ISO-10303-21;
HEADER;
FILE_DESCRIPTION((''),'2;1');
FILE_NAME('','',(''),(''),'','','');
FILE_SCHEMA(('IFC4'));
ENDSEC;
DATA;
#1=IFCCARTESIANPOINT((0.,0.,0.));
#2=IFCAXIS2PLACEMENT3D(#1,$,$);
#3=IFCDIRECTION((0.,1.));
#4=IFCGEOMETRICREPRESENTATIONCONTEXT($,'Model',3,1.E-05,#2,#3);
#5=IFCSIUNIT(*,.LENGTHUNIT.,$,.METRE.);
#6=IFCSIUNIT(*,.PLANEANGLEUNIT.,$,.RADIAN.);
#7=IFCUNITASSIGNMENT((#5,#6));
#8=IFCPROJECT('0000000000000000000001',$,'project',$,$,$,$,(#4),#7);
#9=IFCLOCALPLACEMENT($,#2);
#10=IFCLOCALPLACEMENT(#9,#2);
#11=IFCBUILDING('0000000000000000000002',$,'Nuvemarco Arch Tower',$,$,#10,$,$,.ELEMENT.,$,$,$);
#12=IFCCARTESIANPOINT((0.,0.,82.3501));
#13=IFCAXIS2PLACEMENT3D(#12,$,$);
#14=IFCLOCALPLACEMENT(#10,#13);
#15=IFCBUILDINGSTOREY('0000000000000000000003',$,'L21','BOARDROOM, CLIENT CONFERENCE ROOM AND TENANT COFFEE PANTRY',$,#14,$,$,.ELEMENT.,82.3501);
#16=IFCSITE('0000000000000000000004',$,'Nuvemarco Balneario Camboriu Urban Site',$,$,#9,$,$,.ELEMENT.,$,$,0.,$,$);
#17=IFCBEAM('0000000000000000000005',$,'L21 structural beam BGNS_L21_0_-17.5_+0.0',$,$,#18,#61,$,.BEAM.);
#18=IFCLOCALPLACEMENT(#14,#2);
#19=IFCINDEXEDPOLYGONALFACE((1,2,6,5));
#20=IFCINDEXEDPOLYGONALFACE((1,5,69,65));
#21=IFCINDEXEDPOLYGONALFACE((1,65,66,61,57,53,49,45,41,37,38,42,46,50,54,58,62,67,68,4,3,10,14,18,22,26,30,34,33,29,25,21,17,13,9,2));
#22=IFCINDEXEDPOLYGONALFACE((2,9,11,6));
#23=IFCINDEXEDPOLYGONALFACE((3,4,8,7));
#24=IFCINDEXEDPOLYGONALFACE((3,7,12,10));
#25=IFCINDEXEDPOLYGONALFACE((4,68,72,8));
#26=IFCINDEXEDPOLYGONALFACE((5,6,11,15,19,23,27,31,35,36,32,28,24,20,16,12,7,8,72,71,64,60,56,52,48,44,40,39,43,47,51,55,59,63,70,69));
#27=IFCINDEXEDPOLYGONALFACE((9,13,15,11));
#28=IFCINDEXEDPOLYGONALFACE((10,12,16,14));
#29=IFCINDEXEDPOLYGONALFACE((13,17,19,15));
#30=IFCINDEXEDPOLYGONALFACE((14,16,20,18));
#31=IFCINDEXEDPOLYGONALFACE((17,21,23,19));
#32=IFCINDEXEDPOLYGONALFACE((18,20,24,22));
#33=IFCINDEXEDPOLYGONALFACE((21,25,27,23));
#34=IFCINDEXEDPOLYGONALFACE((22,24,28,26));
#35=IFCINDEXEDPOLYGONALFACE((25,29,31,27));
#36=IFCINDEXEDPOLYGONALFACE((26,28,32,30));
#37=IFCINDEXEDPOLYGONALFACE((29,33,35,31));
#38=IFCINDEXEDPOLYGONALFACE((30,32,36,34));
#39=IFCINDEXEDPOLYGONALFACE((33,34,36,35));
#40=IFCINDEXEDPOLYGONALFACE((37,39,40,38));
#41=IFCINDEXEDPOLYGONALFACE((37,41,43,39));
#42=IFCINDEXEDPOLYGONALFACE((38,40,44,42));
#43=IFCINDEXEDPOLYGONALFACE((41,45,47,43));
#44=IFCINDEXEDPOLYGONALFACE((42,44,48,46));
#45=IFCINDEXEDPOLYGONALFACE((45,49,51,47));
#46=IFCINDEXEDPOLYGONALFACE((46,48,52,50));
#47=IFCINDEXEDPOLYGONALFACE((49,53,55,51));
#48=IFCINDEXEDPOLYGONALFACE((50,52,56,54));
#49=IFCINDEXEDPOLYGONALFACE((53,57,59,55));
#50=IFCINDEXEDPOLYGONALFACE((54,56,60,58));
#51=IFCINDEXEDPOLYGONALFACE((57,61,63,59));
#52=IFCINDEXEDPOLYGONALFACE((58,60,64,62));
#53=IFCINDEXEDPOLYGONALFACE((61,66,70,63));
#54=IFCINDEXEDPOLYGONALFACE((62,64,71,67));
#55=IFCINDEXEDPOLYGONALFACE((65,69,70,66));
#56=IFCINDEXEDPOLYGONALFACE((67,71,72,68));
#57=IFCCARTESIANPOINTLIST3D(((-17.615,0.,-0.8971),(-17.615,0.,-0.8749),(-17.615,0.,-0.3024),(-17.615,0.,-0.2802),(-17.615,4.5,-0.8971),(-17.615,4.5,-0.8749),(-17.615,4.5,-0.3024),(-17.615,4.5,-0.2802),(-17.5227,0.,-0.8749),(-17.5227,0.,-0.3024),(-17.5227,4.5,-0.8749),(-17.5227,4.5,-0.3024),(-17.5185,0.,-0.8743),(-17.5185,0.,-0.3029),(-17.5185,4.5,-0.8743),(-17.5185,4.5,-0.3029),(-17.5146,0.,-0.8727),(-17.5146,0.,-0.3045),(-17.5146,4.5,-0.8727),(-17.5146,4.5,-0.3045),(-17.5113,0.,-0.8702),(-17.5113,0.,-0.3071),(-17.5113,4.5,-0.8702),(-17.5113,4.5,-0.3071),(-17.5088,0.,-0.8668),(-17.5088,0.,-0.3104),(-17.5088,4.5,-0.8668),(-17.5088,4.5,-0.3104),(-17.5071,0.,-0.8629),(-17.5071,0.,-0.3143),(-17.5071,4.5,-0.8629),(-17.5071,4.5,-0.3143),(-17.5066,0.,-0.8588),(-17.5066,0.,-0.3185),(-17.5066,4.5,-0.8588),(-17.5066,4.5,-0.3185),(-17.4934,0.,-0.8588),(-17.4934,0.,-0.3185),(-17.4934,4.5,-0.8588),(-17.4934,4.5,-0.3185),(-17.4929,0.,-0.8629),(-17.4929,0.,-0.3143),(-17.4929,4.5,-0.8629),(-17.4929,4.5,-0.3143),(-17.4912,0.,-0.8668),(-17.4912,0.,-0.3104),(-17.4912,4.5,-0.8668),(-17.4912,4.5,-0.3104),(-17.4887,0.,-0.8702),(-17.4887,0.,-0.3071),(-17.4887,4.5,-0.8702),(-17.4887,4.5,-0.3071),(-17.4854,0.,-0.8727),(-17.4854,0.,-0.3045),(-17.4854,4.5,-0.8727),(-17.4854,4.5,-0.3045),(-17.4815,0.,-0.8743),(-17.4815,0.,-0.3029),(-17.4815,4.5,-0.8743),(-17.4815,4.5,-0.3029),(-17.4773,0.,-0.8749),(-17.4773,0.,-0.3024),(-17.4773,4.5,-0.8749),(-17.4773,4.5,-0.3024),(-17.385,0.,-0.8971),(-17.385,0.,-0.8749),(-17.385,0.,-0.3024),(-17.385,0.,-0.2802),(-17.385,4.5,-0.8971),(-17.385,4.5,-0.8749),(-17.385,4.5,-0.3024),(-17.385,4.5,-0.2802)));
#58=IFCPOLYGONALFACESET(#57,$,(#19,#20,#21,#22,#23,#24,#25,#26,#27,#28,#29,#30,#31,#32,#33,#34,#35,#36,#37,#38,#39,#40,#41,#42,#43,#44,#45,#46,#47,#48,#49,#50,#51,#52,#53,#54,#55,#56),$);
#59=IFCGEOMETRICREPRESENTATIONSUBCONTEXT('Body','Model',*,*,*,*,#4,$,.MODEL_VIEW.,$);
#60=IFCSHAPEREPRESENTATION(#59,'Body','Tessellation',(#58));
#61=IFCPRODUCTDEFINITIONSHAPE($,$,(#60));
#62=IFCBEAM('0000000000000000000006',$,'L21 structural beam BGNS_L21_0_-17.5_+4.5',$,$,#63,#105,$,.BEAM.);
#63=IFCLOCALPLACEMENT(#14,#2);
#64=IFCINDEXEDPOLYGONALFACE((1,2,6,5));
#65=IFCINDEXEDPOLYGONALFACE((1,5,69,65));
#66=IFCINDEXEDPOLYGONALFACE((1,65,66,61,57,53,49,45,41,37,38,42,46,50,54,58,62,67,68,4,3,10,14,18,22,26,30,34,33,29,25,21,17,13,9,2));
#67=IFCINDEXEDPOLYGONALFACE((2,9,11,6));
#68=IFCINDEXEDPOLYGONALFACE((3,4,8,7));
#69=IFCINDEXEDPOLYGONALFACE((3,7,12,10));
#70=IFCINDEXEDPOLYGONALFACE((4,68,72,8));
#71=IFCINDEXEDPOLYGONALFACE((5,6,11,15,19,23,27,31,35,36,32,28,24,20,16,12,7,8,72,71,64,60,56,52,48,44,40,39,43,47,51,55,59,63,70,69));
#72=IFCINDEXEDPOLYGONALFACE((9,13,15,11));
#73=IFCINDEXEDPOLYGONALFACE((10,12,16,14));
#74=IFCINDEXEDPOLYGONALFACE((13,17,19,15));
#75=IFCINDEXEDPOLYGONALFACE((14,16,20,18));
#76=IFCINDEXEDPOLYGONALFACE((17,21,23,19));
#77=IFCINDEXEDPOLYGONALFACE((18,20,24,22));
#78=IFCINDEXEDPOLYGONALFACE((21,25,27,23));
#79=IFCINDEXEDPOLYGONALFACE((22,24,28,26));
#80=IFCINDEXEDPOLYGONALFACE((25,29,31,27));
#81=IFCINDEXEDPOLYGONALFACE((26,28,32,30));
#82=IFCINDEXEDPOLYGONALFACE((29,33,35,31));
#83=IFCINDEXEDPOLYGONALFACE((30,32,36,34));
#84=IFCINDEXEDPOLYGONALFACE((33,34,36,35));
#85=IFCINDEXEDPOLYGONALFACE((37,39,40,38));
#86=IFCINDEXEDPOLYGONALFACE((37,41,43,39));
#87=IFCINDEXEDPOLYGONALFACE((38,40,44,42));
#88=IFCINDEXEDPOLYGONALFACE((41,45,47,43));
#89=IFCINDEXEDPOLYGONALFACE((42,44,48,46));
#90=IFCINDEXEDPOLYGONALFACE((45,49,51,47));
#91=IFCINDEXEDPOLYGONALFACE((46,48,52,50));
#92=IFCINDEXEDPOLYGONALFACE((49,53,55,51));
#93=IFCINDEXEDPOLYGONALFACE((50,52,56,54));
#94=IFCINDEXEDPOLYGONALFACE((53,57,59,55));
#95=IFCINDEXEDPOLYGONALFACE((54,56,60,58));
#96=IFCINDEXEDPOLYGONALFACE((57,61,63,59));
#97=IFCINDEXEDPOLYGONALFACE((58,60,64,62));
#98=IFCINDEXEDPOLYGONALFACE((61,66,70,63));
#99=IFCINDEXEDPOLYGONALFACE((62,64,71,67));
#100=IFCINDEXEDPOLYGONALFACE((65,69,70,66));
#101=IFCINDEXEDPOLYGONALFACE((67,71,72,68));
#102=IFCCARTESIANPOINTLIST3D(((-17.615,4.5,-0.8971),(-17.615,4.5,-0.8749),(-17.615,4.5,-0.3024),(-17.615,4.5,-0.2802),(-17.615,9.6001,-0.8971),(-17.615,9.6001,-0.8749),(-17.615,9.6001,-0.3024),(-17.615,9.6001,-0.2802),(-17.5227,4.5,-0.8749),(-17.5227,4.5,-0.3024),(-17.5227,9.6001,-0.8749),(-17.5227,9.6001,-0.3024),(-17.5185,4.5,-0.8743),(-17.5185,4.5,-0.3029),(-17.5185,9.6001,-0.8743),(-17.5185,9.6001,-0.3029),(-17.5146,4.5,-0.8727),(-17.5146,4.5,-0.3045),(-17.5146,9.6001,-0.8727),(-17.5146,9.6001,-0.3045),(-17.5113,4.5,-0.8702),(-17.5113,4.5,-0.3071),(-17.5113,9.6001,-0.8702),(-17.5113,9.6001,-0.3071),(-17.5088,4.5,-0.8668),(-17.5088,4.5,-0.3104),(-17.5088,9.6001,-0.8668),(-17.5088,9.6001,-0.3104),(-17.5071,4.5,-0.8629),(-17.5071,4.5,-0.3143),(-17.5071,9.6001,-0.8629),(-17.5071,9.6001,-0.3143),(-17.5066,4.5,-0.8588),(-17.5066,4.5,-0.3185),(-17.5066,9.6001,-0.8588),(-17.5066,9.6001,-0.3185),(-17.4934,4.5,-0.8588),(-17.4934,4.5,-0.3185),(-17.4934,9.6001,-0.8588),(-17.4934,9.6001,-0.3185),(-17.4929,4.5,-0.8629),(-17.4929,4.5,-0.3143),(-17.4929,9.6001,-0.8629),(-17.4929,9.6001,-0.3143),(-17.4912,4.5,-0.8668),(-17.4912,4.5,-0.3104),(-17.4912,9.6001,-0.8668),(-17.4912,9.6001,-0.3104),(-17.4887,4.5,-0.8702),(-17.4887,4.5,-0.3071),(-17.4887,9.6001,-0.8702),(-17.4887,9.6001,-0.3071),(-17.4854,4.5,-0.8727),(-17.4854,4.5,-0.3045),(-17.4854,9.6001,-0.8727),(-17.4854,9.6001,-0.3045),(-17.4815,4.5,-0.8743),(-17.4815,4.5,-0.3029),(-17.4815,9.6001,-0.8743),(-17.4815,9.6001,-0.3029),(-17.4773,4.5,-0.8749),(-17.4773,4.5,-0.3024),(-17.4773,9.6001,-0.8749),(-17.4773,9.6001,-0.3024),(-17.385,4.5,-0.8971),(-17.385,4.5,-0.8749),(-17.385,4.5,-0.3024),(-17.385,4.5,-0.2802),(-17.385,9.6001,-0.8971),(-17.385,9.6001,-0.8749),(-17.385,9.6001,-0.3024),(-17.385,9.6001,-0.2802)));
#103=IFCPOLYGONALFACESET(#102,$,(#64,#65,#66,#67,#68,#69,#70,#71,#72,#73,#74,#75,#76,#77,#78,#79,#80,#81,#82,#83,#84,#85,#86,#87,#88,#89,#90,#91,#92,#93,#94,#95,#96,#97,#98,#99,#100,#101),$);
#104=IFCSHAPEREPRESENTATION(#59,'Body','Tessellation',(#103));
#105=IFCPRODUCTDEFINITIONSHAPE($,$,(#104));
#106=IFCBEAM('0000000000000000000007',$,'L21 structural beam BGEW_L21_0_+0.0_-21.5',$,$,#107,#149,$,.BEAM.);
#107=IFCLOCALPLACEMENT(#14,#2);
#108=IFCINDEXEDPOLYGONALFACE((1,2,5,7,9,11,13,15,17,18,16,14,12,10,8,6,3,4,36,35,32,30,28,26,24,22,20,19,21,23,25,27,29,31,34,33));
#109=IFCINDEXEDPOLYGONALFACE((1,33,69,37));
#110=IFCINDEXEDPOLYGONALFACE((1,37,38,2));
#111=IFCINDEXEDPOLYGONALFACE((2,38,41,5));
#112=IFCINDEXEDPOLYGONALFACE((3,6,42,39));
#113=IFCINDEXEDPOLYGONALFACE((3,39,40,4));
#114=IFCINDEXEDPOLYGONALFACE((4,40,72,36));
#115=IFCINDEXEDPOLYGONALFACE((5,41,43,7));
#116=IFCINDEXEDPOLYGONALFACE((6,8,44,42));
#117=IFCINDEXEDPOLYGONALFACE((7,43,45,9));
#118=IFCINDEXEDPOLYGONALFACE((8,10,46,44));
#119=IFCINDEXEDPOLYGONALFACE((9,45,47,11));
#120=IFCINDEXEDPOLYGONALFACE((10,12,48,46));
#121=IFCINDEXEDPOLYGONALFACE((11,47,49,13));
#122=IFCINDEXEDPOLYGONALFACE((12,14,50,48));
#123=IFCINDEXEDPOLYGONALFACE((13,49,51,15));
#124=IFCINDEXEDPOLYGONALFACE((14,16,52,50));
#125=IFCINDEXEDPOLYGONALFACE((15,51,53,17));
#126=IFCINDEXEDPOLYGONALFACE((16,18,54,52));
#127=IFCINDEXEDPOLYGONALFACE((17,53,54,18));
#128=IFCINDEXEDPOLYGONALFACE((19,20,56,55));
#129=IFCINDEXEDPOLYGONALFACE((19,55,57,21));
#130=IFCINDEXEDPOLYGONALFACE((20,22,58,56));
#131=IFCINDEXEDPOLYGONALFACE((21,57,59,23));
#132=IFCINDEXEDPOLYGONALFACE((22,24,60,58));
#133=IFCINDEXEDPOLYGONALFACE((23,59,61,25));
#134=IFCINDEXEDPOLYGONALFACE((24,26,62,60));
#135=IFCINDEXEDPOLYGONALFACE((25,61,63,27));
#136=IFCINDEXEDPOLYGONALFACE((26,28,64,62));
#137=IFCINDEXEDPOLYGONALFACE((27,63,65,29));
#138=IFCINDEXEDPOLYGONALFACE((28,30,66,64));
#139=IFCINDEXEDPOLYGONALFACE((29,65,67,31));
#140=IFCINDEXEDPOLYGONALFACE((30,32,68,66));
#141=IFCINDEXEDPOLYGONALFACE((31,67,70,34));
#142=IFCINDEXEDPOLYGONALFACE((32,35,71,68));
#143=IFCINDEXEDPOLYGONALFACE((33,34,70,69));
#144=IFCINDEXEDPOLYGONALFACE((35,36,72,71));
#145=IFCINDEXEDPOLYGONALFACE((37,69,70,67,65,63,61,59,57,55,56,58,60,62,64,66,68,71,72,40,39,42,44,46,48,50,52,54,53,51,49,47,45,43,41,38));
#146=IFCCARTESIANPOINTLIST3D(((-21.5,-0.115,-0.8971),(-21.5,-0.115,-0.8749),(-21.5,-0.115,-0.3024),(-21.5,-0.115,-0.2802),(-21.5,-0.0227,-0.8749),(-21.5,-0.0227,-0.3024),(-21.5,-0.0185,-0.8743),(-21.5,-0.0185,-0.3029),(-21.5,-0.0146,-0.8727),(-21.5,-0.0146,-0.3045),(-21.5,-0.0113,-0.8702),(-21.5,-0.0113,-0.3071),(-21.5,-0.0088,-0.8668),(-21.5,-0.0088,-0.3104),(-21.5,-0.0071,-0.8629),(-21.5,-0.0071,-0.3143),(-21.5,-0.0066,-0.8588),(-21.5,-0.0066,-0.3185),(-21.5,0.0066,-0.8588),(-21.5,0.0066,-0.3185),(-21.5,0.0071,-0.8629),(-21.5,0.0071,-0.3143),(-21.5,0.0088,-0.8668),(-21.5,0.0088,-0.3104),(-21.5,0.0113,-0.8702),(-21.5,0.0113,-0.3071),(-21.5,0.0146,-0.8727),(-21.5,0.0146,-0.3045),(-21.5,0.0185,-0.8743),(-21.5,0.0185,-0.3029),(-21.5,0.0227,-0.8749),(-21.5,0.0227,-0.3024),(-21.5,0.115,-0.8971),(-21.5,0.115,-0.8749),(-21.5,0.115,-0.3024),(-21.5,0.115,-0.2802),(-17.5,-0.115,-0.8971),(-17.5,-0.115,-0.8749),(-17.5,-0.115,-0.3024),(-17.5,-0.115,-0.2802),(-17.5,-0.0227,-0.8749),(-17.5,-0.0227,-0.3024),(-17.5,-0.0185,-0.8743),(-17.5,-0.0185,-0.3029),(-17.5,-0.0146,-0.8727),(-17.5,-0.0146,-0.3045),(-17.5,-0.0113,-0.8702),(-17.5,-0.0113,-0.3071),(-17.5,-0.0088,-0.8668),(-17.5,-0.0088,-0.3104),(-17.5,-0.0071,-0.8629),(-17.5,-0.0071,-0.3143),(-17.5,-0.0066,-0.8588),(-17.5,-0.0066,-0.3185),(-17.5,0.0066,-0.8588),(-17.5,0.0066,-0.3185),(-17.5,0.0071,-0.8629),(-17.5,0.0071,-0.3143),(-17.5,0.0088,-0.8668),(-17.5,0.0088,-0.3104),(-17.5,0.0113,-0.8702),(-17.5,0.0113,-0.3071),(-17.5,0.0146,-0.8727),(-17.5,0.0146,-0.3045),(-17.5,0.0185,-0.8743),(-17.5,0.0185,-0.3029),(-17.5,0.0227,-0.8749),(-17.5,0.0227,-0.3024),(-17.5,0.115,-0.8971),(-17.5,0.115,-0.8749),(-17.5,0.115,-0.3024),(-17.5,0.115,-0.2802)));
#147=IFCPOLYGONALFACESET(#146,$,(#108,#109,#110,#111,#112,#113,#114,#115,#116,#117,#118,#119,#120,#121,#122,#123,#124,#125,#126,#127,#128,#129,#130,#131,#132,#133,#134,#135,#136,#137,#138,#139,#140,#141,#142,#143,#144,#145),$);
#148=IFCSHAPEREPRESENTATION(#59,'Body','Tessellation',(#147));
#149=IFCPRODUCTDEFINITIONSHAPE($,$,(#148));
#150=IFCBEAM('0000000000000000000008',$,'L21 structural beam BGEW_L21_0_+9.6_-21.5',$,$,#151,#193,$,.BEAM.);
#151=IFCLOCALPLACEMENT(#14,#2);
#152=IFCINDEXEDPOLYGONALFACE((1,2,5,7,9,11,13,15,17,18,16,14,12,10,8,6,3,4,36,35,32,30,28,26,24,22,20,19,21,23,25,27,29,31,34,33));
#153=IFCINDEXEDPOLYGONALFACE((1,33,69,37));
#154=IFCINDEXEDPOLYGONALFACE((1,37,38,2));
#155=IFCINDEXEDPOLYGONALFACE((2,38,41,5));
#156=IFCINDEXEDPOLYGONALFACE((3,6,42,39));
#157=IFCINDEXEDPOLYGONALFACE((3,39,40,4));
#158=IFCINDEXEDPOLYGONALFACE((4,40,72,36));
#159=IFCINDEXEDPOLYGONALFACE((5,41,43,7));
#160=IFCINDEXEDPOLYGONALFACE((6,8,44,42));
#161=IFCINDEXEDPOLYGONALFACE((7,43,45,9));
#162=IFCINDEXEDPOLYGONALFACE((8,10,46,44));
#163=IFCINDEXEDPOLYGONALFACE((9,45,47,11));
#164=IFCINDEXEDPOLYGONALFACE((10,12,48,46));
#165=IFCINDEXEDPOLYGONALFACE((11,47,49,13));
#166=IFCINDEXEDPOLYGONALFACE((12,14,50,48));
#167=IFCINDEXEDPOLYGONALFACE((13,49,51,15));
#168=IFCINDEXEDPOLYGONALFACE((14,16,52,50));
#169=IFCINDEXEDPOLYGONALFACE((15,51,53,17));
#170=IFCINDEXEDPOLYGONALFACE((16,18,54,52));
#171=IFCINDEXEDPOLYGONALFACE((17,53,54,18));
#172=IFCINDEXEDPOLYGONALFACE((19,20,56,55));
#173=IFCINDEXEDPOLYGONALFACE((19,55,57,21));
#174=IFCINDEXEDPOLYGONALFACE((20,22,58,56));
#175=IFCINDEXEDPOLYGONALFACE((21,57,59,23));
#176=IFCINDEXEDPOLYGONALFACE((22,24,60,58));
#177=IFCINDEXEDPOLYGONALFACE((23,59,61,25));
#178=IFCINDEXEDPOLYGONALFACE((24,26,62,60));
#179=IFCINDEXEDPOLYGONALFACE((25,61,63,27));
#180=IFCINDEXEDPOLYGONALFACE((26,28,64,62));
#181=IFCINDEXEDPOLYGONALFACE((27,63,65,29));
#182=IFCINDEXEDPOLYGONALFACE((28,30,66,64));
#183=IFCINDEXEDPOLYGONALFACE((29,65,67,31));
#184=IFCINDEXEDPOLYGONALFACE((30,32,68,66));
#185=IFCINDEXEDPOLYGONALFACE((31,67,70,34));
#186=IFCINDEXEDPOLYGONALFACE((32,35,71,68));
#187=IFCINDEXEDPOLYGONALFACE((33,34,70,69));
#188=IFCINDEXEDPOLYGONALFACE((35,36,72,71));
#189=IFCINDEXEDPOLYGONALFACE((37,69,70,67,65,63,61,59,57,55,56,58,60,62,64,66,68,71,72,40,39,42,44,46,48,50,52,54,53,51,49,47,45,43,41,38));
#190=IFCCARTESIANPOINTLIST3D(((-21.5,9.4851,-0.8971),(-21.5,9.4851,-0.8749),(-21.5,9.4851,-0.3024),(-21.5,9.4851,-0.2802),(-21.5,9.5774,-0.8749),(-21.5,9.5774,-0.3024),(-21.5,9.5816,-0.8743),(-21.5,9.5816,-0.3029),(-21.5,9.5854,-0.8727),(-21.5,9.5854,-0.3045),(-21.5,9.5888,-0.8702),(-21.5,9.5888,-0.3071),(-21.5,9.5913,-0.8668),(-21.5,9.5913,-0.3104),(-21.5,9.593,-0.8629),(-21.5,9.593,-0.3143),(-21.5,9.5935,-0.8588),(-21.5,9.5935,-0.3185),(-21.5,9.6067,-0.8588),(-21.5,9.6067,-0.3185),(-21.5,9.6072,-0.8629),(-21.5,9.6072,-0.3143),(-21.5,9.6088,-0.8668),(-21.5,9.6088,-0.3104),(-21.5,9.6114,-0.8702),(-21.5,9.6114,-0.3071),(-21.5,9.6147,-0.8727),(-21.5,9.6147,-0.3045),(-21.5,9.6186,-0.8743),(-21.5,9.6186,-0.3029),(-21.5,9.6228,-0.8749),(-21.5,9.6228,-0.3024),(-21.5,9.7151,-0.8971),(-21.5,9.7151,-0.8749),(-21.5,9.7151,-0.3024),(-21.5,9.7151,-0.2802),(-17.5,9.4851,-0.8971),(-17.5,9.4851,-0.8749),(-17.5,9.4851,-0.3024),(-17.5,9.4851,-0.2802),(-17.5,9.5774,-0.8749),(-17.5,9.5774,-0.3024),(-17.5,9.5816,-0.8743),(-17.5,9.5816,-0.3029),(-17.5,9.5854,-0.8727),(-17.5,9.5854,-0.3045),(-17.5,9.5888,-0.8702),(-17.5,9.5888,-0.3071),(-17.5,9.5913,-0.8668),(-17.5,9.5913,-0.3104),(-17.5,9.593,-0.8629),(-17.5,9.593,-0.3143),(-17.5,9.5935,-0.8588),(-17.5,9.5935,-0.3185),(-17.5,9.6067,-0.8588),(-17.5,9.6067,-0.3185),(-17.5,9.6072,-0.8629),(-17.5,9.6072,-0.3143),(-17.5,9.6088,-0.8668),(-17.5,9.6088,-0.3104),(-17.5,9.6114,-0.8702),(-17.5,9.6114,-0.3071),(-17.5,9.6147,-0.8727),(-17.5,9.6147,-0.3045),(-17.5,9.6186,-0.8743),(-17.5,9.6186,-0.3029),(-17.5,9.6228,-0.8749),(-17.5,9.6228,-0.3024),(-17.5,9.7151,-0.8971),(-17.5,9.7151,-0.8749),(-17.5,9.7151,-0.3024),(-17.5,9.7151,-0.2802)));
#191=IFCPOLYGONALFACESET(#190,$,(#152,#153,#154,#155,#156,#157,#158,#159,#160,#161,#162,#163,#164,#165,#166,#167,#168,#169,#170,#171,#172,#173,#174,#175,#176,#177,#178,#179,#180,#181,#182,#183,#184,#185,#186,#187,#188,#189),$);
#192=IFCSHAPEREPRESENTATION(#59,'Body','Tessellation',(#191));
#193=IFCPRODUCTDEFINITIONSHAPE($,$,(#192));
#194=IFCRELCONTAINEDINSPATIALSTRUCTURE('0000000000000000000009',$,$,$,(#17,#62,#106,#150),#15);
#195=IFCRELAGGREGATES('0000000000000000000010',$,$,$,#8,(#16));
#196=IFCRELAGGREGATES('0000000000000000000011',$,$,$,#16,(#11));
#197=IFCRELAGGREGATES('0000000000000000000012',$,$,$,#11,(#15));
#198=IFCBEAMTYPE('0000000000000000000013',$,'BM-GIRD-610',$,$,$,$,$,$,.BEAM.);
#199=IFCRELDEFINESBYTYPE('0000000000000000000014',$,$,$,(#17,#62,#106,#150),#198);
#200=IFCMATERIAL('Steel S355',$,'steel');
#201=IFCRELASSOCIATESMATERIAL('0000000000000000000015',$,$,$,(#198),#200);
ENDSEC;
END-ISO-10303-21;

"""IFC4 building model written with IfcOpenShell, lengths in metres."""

from ifc_helpers import new_model, si_unit, direction, frame, origin, origin_2d, place, context, subcontext, project, spatial, i_section, extrude, material, material_profile, profile_set, type_object, element, save


model = new_model("IFC4")

# Units and contexts
model_context = context("Model", 3, precision=1e-05, world=origin(), true_north=direction((0.0, 1.0)))
body_context = subcontext(model_context, "Body", "Model", "MODEL_VIEW")
ifc_project = project(units=[si_unit("LENGTHUNIT", "METRE"), si_unit("PLANEANGLEUNIT", "RADIAN")], contexts=[model_context])

# Site, building, storey
site_placement = place(None, origin())
site = spatial("IfcSite", under=ifc_project, at=site_placement, Name="Nuvemarco Balneario Camboriu Urban Site", CompositionType="ELEMENT", RefElevation=0.0)
building_placement = place(site_placement, origin())
building = spatial("IfcBuilding", under=site, at=building_placement, Name="Nuvemarco Arch Tower", CompositionType="ELEMENT")
storey_placement = place(building_placement, frame((0.0, 0.0, 82.3501)))
storey = spatial("IfcBuildingStorey", under=building, at=storey_placement, Name="L21", Description="BOARDROOM, CLIENT CONFERENCE ROOM AND TENANT COFFEE PANTRY", CompositionType="ELEMENT", Elevation=82.3501)

# Beams
ifc_material_1 = material(Name="Steel S355", Category="steel")
ifc_material_profile_1 = material_profile(ifc_material_1, i_section(OverallWidth=0.23, OverallDepth=0.6169, WebThickness=0.0132, FlangeThickness=0.0222, FilletRadius=0.0161, at=origin_2d()), Name="W610x140")
ifc_profile_set_1 = profile_set([ifc_material_profile_1], Name="Steel S355")
beam_type_1 = type_object("IfcBeamType", Name="BM-GIRD-610", PredefinedType="BEAM", material=ifc_profile_set_1)
beam_1_placement = place(storey_placement, frame((-17.5, 0.0, -0.5886), z_axis=(0.0, 1.0, 0.0), x_axis=(-1.0, 0.0, 0.0)))
element("IfcBeam", 1, at=beam_1_placement, inside=storey, type_object=beam_type_1, Name="L21 structural beam BGNS_L21_0_-17.5_+0.0", PredefinedType="BEAM", context=body_context, shape_type="SweptSolid", body=[
    extrude(i_section(OverallWidth=0.23, OverallDepth=0.6169, WebThickness=0.0132, FlangeThickness=0.0222, FilletRadius=0.0161, at=origin_2d()), origin(), (0.0, 0.0, 1.0), 4.5),
])
beam_2_placement = place(storey_placement, frame((-17.5, 4.5, -0.5886), z_axis=(0.0, 1.0, 0.0), x_axis=(-1.0, 0.0, 0.0)))
element("IfcBeam", 2, at=beam_2_placement, inside=storey, type_object=beam_type_1, Name="L21 structural beam BGNS_L21_0_-17.5_+4.5", PredefinedType="BEAM", context=body_context, shape_type="SweptSolid", body=[
    extrude(i_section(OverallWidth=0.23, OverallDepth=0.6169, WebThickness=0.0132, FlangeThickness=0.0222, FilletRadius=0.0161, at=origin_2d()), origin(), (0.0, 0.0, 1.0), 5.1001),
])
for number, where, z_axis, x_axis, name in (
    (3, (-21.5, 0.0, -0.5886), (1.0, 0.0, 0.0), (0.0, 1.0, 0.0), "L21 structural beam BGEW_L21_0_+0.0_-21.5"),
    (4, (-21.5, 9.6001, -0.5886), (1.0, 0.0, 0.0), (0.0, 1.0, 0.0), "L21 structural beam BGEW_L21_0_+9.6_-21.5"),
):
    element("IfcBeam", number, at=place(storey_placement, frame(where, z_axis=z_axis, x_axis=x_axis)), inside=storey, type_object=beam_type_1, Name=name, PredefinedType="BEAM", context=body_context, shape_type="SweptSolid", body=[
        extrude(i_section(OverallWidth=0.23, OverallDepth=0.6169, WebThickness=0.0132, FlangeThickness=0.0222, FilletRadius=0.0161, at=origin_2d()), origin(), (0.0, 0.0, 1.0), 4.0),
    ])

save(model, "model.ifc")
